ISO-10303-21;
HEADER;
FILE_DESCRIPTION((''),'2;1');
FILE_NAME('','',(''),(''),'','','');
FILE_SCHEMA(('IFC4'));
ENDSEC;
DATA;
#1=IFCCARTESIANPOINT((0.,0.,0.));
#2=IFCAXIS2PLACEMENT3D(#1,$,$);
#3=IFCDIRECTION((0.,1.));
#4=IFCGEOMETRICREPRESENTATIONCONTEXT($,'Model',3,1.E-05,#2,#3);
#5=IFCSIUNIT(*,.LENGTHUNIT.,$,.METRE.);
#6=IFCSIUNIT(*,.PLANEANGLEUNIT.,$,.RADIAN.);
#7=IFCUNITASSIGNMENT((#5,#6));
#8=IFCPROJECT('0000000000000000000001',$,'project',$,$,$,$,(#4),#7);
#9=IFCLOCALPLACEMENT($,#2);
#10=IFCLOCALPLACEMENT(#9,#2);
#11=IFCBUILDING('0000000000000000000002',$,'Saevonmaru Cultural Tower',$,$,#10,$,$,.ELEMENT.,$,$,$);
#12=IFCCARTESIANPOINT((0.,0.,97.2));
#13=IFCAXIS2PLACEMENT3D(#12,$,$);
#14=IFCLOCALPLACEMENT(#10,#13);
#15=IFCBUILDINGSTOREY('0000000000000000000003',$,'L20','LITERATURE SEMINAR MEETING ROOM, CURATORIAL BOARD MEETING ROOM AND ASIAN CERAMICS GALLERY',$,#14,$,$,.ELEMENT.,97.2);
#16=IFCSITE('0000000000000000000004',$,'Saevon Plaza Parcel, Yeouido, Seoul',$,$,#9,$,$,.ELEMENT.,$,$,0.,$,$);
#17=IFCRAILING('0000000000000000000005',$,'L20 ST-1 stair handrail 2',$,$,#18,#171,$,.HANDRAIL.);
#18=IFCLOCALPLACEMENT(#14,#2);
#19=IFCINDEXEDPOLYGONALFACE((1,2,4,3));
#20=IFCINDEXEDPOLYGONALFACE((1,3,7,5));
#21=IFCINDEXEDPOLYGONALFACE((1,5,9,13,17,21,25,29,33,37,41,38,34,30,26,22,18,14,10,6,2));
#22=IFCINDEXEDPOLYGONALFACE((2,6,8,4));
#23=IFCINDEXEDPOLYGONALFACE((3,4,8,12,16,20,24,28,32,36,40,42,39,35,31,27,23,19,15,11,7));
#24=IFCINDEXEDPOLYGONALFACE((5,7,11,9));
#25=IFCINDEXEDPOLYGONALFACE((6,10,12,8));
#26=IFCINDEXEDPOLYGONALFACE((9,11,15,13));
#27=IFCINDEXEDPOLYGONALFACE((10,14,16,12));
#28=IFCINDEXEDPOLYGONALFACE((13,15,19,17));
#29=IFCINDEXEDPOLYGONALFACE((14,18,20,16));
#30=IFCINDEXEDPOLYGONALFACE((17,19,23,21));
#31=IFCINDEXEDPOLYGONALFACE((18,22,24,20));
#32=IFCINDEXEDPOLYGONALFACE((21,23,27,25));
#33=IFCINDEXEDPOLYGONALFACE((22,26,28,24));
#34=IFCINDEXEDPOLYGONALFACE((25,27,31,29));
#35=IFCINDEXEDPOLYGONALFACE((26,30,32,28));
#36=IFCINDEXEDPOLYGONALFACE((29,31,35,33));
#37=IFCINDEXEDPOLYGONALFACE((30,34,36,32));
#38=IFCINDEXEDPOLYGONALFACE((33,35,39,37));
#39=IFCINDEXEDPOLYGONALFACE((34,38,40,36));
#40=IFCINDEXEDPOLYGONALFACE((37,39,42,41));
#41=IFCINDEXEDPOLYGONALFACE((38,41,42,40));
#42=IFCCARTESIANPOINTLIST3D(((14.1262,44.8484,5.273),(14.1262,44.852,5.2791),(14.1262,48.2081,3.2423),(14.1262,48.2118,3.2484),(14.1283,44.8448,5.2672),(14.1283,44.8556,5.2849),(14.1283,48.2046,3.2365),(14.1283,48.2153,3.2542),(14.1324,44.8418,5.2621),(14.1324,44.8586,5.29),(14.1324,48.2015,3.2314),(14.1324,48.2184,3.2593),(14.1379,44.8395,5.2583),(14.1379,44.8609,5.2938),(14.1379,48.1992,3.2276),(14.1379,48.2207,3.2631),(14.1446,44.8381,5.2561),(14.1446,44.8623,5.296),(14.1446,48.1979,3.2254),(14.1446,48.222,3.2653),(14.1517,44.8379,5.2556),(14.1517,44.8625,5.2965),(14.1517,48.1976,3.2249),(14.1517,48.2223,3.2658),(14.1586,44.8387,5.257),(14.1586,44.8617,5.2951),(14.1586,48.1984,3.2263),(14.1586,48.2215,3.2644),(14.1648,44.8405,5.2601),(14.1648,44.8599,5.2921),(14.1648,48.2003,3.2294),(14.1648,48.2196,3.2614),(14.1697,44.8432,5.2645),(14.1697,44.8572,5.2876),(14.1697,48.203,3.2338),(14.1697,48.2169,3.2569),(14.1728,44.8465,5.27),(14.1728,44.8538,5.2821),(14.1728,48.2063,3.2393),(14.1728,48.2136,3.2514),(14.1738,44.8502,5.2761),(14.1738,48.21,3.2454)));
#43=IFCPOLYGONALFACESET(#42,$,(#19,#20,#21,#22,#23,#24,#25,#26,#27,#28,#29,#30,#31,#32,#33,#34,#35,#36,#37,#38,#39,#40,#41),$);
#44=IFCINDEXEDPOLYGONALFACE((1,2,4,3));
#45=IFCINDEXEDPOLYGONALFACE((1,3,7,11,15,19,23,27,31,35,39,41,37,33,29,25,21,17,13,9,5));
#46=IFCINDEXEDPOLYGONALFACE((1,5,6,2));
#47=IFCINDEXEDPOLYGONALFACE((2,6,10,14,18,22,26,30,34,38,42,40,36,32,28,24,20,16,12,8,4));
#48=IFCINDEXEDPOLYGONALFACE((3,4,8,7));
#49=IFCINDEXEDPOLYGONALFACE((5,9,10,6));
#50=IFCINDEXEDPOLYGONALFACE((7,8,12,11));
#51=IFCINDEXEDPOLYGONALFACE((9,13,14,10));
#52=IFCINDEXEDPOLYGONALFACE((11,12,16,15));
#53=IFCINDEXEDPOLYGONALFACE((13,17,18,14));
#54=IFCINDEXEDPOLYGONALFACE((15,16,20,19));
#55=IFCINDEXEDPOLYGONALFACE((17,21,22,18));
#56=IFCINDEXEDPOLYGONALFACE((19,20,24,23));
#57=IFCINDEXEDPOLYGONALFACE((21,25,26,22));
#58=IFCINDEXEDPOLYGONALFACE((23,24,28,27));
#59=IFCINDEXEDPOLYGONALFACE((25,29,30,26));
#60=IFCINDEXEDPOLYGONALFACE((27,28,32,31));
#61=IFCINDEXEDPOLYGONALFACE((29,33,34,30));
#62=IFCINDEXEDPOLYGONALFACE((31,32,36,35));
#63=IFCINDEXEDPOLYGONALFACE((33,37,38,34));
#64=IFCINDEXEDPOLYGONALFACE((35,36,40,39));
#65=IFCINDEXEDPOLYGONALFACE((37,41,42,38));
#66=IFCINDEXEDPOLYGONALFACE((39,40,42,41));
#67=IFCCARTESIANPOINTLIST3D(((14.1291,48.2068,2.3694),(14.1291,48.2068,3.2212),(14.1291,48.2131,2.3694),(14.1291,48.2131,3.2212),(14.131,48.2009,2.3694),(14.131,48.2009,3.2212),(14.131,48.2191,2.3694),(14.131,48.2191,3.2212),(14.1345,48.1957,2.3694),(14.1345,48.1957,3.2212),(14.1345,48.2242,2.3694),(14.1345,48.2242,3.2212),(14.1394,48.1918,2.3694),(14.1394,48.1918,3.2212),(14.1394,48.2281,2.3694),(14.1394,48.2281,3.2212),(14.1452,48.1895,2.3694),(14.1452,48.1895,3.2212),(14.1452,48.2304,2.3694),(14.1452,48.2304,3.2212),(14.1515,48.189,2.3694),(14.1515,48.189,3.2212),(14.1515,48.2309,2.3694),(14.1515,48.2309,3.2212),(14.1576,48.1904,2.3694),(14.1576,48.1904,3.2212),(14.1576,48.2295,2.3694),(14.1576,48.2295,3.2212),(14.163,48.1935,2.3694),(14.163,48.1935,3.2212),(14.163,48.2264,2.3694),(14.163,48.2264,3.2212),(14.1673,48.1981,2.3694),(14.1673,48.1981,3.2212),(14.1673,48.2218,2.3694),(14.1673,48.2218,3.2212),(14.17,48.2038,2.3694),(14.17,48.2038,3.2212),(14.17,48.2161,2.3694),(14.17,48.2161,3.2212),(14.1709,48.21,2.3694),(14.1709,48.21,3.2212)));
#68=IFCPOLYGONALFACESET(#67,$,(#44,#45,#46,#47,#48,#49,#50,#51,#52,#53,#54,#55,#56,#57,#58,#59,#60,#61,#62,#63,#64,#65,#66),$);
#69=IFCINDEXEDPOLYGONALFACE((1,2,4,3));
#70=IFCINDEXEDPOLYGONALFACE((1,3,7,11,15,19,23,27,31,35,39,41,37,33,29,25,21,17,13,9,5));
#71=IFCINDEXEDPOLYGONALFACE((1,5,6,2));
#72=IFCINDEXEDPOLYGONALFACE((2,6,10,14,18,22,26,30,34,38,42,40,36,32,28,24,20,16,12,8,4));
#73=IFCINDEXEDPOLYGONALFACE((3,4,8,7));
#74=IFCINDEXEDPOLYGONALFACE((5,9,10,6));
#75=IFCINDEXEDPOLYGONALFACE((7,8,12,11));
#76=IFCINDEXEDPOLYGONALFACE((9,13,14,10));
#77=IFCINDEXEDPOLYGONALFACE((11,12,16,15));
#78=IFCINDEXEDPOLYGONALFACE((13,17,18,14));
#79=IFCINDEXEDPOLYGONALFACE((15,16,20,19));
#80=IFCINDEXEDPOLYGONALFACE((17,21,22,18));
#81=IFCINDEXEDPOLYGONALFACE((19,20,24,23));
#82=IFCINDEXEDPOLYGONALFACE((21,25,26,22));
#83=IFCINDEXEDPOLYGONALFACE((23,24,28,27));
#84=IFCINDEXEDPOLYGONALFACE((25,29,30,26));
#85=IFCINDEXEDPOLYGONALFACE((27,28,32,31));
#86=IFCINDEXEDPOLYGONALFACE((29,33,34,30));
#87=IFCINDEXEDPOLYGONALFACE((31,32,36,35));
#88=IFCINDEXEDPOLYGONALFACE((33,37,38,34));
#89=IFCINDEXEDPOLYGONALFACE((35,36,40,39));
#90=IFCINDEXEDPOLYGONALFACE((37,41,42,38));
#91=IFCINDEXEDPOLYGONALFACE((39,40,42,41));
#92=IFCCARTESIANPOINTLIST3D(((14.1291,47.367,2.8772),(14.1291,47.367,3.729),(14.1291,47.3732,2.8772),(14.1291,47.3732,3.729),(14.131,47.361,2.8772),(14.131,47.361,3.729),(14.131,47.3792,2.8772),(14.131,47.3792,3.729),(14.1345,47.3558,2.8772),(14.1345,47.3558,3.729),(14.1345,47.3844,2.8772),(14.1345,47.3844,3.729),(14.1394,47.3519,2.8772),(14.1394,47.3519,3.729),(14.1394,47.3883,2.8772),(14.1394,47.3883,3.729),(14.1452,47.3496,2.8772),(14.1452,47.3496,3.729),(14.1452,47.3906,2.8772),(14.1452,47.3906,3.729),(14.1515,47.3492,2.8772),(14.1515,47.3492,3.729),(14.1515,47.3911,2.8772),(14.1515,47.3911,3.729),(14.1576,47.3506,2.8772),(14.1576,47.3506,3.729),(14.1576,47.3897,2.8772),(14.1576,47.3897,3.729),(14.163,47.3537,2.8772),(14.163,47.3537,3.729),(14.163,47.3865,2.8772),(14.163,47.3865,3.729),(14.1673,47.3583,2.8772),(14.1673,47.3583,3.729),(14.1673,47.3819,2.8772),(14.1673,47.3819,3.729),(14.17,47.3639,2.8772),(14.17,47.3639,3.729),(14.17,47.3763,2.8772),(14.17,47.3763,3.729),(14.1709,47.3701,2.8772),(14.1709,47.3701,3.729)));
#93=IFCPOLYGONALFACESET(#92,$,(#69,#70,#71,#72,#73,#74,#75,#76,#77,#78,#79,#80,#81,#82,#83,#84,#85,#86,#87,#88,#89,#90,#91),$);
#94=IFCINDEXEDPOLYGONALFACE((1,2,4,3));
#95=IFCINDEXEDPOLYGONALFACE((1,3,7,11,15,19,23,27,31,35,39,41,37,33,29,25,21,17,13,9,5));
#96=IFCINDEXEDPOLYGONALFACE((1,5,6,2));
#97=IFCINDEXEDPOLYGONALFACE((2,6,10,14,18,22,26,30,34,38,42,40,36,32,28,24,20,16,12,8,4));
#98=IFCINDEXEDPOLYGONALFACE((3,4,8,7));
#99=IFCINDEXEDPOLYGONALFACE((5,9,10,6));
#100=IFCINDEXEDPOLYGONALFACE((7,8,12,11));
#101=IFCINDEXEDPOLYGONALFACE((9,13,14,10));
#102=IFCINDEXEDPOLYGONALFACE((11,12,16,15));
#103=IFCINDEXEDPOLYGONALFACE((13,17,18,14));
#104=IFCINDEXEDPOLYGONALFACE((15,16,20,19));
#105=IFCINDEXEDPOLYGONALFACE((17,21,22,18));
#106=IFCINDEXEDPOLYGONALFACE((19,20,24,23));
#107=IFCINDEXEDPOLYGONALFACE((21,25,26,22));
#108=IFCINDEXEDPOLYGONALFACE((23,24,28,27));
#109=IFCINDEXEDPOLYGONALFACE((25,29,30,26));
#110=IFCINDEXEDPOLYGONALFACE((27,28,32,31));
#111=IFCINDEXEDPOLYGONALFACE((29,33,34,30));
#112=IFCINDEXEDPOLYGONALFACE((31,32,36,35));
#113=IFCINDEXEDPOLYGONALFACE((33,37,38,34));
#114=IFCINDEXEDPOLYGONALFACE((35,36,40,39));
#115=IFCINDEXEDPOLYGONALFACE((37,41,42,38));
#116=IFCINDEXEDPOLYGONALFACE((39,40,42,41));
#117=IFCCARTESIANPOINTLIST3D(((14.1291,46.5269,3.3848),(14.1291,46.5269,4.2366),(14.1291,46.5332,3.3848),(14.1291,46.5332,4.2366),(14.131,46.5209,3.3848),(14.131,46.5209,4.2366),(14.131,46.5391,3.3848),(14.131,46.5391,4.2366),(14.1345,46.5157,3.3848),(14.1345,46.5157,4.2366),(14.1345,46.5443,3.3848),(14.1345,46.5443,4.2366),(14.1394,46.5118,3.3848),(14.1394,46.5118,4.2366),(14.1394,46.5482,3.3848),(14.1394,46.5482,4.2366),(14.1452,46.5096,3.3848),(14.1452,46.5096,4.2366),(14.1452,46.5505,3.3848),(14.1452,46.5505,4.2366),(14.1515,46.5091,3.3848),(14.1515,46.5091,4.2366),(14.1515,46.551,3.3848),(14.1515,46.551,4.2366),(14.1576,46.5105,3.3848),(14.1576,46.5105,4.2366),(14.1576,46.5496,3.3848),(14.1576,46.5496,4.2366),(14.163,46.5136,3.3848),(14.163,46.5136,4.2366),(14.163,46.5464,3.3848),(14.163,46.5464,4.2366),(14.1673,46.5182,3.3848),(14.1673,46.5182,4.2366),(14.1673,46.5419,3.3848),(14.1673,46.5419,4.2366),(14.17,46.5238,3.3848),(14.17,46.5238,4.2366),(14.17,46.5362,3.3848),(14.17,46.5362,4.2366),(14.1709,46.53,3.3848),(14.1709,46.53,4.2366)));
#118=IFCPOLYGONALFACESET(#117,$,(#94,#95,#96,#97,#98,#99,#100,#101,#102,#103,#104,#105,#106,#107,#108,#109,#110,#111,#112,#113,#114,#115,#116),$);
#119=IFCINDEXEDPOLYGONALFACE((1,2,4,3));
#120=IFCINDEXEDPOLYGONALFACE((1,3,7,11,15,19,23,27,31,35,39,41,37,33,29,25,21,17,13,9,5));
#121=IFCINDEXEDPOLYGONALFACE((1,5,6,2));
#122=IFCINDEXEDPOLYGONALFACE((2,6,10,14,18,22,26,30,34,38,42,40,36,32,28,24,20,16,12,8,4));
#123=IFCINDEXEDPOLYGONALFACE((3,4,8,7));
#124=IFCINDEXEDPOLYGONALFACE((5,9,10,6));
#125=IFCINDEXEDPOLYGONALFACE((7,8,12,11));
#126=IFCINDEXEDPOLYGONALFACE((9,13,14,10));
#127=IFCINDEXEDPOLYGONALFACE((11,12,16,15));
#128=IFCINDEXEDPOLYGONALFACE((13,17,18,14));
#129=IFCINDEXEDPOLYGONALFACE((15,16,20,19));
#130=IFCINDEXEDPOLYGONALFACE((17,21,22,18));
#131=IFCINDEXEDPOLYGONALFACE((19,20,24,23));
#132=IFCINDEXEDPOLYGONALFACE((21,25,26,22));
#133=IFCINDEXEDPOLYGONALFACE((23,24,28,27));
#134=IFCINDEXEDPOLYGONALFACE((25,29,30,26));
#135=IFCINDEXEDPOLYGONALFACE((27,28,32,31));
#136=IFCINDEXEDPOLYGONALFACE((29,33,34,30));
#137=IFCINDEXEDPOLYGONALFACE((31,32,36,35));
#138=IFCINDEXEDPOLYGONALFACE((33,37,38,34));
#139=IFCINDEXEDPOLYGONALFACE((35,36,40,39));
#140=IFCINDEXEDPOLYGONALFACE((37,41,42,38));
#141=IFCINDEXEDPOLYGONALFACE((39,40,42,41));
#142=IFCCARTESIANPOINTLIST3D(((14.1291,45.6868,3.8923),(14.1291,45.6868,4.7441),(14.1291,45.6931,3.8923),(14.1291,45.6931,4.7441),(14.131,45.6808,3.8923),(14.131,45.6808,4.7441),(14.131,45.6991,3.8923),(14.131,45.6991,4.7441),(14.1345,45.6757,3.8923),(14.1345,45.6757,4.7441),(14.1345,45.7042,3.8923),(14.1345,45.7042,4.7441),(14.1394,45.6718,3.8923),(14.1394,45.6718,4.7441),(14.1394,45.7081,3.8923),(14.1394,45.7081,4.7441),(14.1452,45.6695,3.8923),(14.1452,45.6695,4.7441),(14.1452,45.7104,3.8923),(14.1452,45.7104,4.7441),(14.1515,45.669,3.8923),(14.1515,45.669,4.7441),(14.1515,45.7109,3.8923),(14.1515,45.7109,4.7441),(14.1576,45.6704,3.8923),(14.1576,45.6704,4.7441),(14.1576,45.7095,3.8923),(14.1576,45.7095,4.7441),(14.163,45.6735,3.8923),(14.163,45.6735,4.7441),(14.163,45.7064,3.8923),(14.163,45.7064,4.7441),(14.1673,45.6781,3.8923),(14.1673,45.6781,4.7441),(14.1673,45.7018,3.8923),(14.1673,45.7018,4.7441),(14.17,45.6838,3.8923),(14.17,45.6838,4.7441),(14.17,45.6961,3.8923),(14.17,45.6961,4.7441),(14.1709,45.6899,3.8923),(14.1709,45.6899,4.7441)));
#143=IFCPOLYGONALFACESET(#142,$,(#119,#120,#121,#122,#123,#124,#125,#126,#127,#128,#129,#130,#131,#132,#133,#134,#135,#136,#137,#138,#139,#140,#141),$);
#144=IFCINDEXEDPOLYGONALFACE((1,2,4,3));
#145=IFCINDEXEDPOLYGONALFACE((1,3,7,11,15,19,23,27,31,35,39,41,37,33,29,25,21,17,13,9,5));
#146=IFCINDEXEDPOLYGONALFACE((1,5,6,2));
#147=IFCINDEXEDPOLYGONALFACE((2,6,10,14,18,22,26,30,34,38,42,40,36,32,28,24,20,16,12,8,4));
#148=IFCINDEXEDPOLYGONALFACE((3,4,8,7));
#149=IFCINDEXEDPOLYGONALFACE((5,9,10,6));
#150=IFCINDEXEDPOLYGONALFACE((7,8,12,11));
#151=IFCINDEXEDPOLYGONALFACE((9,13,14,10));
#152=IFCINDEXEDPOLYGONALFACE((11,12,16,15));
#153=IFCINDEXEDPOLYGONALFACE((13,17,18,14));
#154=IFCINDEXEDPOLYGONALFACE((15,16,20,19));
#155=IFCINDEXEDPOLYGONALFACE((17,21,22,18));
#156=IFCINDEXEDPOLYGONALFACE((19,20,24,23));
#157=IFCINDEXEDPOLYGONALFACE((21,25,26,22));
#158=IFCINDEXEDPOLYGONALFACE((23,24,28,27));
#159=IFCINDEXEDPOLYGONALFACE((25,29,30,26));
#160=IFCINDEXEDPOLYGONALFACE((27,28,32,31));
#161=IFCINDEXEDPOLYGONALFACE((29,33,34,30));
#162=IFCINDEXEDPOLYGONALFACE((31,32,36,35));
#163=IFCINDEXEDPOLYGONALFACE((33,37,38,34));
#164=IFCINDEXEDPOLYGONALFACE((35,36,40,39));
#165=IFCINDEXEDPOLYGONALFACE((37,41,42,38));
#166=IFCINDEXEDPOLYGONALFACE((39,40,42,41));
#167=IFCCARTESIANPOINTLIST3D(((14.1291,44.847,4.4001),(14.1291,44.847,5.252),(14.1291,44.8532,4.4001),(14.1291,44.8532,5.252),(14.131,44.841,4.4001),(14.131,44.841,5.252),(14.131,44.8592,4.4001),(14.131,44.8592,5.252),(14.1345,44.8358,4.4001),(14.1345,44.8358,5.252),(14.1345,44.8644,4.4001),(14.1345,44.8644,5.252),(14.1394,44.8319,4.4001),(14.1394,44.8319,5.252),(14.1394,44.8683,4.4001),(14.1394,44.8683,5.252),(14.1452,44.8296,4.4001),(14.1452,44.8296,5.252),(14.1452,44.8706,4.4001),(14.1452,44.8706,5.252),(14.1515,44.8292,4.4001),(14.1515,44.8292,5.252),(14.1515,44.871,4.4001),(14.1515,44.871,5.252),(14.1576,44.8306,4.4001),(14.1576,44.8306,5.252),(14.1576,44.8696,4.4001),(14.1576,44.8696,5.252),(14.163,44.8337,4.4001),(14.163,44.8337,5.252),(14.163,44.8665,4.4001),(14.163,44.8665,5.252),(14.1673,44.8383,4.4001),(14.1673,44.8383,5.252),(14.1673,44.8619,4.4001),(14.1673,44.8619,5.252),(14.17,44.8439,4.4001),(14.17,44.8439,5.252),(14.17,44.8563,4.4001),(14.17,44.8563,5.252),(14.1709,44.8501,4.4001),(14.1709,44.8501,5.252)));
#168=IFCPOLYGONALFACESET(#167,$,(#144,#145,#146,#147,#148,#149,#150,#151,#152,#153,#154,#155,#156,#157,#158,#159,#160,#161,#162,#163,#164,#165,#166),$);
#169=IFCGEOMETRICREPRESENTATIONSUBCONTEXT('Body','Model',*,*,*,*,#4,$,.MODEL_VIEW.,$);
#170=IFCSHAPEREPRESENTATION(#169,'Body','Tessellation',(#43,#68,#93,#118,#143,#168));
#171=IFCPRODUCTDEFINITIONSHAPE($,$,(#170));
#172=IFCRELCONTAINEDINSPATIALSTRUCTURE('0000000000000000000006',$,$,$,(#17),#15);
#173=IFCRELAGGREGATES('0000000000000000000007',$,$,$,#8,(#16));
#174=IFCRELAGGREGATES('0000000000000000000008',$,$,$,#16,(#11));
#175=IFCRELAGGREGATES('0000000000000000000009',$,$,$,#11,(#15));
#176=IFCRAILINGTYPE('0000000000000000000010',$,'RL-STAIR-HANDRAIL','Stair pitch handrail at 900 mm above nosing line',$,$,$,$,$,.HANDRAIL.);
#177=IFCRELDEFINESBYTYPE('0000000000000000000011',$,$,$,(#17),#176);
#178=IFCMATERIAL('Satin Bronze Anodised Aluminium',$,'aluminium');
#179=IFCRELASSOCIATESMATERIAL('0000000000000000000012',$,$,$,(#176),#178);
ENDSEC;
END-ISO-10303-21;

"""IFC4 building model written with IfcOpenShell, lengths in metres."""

from ifc_helpers import new_model, si_unit, direction, frame, origin, origin_2d, place, context, subcontext, project, spatial, circle, extrude, material, type_object, element, save


model = new_model("IFC4")

# Units and contexts
model_context = context("Model", 3, precision=1e-05, world=origin(), true_north=direction((0.0, 1.0)))
body_context = subcontext(model_context, "Body", "Model", "MODEL_VIEW")
ifc_project = project(units=[si_unit("LENGTHUNIT", "METRE"), si_unit("PLANEANGLEUNIT", "RADIAN")], contexts=[model_context])

# Site, building, storey
site_placement = place(None, origin())
site = spatial("IfcSite", under=ifc_project, at=site_placement, Name="Saevon Plaza Parcel, Yeouido, Seoul", CompositionType="ELEMENT", RefElevation=0.0)
building_placement = place(site_placement, origin())
building = spatial("IfcBuilding", under=site, at=building_placement, Name="Saevonmaru Cultural Tower", CompositionType="ELEMENT")
storey_placement = place(building_placement, frame((0.0, 0.0, 97.2)))
storey = spatial("IfcBuildingStorey", under=building, at=storey_placement, Name="L20", Description="LITERATURE SEMINAR MEETING ROOM, CURATORIAL BOARD MEETING ROOM AND ASIAN CERAMICS GALLERY", CompositionType="ELEMENT", Elevation=97.2)

# Shared definitions
ifc_material_1 = material(Name="Satin Bronze Anodised Aluminium", Category="aluminium")

# Railing
railing_type_1 = type_object("IfcRailingType", Name="RL-STAIR-HANDRAIL", Description="Stair pitch handrail at 900 mm above nosing line", PredefinedType="HANDRAIL", material=ifc_material_1)
railing_1_placement = place(storey_placement, frame((14.1499, 48.21, 2.3694)))
element("IfcRailing", 1, at=railing_1_placement, inside=storey, type_object=railing_type_1, Name="L20 ST-1 stair handrail 2", PredefinedType="HANDRAIL", context=body_context, shape_type="SweptSolid", body=[
    extrude(circle(Radius=0.0239, at=origin_2d()), frame((0.0, 0.0, 0.876), z_axis=(0.0, -0.85582, 0.517273), x_axis=(1.0, 0.0, 0.0)), (0.0, 0.0, 1.0), 3.9258),
    extrude(circle(Radius=0.021, at=origin_2d()), origin(), (0.0, 0.0, 1.0), 0.8518),
    extrude(circle(Radius=0.021, at=origin_2d()), frame((0.0, -0.8398, 0.5078)), (0.0, 0.0, 1.0), 0.8518),
    extrude(circle(Radius=0.021, at=origin_2d()), frame((0.0, -1.6799, 1.0154)), (0.0, 0.0, 1.0), 0.8518),
    extrude(circle(Radius=0.021, at=origin_2d()), frame((0.0, -2.52, 1.5229)), (0.0, 0.0, 1.0), 0.8518),
    extrude(circle(Radius=0.021, at=origin_2d()), frame((0.0, -3.3599, 2.0308)), (0.0, 0.0, 1.0), 0.8518),
])

save(model, "model.ifc")
